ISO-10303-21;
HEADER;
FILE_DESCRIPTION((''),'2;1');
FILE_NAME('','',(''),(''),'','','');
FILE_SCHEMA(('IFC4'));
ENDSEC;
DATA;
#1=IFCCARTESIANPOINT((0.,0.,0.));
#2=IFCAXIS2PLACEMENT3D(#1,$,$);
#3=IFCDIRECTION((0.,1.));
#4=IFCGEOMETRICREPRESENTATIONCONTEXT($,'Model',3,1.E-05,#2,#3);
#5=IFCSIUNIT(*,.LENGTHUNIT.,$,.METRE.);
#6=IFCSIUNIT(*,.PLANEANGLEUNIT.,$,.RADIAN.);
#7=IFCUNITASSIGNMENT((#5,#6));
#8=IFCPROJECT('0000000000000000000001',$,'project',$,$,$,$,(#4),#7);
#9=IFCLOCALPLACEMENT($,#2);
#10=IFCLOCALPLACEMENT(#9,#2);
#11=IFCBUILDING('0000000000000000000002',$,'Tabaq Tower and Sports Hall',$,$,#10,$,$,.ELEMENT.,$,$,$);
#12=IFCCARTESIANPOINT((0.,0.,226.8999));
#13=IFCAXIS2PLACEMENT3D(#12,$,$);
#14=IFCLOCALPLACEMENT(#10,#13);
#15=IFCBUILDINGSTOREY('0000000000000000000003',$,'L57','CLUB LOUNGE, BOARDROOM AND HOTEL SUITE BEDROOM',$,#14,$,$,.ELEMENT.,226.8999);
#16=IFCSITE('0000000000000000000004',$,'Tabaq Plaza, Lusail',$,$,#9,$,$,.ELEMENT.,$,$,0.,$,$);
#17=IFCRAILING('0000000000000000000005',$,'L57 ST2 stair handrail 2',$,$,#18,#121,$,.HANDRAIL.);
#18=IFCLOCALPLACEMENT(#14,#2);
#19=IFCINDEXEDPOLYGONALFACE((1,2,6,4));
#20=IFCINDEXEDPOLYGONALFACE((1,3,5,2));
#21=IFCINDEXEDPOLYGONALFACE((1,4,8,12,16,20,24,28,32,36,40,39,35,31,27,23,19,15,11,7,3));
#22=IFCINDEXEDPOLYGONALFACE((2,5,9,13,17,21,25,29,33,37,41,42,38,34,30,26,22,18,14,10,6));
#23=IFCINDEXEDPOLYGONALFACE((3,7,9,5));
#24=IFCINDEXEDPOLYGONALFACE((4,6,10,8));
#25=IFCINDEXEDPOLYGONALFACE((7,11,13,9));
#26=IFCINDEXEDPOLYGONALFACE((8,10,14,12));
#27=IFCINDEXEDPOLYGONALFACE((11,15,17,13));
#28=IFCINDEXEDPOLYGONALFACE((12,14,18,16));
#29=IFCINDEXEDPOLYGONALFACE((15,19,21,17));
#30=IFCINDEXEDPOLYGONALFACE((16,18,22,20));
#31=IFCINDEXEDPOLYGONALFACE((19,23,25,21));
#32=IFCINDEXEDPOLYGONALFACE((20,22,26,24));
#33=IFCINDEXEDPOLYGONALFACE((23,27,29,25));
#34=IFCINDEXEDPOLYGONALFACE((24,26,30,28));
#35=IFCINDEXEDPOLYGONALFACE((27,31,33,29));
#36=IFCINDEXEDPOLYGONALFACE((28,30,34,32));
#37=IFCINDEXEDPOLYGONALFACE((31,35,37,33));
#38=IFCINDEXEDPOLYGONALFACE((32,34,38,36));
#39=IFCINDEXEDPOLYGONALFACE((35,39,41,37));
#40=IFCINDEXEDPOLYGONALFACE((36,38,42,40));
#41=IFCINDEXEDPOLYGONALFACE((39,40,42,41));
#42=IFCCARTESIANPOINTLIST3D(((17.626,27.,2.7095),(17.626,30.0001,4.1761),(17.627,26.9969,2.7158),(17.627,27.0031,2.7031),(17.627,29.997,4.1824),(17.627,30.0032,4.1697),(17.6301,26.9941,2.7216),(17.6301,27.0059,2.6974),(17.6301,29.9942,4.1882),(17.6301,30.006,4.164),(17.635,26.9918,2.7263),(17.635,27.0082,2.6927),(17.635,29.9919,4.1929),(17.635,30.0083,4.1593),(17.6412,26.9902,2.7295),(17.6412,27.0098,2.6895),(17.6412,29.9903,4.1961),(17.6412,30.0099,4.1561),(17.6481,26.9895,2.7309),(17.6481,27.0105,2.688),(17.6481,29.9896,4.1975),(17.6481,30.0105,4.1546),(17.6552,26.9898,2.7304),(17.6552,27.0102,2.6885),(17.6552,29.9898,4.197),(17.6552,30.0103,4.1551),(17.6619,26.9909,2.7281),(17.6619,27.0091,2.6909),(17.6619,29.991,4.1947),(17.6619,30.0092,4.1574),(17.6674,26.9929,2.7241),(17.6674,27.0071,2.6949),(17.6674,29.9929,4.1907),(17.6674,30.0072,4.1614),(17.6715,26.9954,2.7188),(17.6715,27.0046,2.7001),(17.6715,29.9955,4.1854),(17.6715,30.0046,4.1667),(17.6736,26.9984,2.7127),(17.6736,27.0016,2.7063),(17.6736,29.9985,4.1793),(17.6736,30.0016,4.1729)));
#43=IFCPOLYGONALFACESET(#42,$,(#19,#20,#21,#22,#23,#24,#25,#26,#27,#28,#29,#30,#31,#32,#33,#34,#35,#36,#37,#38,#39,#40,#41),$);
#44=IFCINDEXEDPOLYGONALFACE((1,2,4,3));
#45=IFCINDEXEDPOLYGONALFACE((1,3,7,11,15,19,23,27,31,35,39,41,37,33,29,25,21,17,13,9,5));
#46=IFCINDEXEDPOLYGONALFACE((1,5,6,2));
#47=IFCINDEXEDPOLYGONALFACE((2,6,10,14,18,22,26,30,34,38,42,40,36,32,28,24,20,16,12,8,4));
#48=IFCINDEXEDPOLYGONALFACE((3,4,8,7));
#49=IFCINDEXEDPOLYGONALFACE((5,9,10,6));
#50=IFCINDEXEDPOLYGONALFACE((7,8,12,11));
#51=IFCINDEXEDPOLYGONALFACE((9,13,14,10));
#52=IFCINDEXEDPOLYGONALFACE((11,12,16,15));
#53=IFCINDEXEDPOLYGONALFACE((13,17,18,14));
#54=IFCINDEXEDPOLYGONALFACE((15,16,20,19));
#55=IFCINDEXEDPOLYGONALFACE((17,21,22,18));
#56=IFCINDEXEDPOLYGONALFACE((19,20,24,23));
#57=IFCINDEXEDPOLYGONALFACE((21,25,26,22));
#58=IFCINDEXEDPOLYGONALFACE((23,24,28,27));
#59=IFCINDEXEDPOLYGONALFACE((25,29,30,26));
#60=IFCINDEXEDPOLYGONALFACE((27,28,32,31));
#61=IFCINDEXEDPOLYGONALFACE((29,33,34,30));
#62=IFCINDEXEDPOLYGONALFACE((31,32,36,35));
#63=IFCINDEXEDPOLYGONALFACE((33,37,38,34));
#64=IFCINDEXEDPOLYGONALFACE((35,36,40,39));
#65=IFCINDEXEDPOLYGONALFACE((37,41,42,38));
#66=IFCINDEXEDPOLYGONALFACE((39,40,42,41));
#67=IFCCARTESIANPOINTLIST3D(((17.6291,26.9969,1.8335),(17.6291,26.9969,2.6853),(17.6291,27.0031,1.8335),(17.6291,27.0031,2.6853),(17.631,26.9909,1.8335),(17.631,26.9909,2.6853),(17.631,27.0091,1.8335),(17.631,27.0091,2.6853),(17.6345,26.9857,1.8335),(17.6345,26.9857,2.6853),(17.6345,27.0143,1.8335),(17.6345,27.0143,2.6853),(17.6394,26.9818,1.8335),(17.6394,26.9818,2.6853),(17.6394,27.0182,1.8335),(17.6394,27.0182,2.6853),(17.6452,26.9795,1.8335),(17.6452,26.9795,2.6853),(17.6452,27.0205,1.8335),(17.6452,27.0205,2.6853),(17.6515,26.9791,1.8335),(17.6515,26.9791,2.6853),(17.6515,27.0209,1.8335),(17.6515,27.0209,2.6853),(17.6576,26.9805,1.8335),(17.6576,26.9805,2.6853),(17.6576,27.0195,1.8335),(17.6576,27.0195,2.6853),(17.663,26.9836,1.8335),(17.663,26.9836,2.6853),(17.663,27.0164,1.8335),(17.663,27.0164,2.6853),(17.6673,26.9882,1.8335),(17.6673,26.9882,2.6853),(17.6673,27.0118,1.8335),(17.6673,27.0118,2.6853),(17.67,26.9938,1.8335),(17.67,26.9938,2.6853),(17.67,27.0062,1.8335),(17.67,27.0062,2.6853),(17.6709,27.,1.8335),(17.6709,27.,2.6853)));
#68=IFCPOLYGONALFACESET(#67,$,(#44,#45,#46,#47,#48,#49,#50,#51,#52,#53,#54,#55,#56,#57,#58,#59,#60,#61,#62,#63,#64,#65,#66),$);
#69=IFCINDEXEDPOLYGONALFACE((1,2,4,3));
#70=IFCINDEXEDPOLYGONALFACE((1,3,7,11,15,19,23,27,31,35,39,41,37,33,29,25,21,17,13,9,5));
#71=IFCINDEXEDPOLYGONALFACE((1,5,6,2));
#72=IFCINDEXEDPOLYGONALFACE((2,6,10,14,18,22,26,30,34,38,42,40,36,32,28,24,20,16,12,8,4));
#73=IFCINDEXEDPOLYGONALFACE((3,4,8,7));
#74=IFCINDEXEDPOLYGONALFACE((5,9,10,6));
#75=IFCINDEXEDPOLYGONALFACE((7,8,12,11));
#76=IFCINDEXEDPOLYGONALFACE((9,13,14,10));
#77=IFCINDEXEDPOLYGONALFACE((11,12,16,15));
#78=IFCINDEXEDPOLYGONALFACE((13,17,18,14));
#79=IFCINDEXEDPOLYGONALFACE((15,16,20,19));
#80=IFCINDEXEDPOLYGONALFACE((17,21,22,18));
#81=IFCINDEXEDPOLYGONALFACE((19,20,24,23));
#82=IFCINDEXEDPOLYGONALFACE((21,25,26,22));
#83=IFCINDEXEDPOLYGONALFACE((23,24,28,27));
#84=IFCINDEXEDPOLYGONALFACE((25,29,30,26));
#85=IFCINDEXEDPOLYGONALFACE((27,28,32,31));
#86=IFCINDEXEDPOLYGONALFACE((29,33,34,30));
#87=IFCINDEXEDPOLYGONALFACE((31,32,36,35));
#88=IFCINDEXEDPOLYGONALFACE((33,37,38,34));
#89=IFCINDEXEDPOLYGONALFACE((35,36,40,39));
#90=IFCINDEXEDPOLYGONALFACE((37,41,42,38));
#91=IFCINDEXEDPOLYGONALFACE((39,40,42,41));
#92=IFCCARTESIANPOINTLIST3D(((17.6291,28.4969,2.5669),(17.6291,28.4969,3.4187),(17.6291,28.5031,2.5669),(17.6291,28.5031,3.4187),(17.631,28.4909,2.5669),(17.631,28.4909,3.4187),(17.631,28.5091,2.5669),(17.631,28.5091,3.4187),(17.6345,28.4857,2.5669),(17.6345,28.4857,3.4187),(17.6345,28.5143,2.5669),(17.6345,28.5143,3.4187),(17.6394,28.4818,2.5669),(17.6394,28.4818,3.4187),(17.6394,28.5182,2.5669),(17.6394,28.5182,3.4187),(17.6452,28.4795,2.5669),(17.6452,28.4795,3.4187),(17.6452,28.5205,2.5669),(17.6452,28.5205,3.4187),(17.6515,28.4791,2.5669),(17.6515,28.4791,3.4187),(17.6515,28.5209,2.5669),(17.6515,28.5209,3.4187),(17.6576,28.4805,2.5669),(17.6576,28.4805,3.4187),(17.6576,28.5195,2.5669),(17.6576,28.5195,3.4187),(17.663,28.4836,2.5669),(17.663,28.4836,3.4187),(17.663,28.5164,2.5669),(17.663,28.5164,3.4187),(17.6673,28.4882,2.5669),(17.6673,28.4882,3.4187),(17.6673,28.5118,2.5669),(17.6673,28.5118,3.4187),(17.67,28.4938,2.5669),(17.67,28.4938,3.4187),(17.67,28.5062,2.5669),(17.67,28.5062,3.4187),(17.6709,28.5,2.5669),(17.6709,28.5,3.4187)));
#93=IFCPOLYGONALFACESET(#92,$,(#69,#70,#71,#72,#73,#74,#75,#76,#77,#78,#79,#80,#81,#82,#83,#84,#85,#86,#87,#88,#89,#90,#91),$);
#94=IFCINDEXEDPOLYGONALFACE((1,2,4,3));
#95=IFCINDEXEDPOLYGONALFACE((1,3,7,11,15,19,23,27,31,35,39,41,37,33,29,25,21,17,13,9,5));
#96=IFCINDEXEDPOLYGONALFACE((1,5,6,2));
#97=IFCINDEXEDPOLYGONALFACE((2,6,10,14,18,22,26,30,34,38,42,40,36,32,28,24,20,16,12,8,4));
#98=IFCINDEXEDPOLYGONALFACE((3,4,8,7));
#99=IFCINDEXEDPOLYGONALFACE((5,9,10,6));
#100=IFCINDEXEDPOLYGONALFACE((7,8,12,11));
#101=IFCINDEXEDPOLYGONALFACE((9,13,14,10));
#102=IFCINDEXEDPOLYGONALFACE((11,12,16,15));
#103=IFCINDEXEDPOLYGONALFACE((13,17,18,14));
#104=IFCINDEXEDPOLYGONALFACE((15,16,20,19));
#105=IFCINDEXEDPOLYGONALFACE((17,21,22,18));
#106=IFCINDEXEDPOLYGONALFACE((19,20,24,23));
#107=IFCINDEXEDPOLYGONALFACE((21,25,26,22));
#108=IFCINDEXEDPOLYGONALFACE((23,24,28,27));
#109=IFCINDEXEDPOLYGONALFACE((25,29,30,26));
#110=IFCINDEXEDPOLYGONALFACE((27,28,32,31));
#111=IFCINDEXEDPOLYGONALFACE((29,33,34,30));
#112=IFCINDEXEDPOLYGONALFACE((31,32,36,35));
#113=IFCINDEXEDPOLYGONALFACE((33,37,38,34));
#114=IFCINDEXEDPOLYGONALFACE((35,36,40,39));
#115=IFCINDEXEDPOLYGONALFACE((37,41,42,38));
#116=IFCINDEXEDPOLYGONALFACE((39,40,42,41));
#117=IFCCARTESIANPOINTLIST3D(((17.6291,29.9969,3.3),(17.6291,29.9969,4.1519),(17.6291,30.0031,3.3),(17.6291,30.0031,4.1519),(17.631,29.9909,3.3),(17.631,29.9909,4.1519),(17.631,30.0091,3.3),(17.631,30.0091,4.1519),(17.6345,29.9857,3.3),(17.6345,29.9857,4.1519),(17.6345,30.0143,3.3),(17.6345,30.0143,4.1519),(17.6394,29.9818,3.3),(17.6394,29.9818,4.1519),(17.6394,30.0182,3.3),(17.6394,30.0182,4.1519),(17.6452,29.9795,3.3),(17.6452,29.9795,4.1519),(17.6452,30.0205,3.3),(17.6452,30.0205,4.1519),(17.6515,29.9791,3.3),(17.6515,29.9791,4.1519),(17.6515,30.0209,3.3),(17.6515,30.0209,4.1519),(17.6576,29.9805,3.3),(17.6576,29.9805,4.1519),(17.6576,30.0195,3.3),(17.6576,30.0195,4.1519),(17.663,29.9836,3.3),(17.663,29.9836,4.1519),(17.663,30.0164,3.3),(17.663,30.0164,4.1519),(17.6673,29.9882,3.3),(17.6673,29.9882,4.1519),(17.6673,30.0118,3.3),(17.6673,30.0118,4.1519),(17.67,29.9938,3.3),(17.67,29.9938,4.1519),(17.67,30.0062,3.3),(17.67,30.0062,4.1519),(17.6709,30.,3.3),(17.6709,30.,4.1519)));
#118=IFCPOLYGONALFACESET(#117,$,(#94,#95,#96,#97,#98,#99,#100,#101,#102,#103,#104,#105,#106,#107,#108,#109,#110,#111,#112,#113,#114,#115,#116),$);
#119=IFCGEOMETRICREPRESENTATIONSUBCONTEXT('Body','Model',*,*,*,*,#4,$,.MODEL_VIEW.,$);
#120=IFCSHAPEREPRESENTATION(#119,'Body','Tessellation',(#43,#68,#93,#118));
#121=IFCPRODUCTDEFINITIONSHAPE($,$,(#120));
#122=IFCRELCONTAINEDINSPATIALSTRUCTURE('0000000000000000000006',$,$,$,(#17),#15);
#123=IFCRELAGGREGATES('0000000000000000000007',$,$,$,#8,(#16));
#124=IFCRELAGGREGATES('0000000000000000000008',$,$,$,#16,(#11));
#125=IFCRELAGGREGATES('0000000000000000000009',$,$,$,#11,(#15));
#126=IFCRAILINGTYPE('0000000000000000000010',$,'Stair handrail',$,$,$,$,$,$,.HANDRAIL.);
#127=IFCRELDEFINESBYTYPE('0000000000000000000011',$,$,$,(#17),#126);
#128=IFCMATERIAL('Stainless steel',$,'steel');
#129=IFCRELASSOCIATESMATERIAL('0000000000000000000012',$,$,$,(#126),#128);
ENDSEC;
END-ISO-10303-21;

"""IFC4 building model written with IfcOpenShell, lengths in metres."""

from ifc_helpers import new_model, si_unit, direction, frame, origin, origin_2d, place, context, subcontext, project, spatial, circle, extrude, material, type_object, element, save


model = new_model("IFC4")

# Units and contexts
model_context = context("Model", 3, precision=1e-05, world=origin(), true_north=direction((0.0, 1.0)))
body_context = subcontext(model_context, "Body", "Model", "MODEL_VIEW")
ifc_project = project(units=[si_unit("LENGTHUNIT", "METRE"), si_unit("PLANEANGLEUNIT", "RADIAN")], contexts=[model_context])

# Site, building, storey
site_placement = place(None, origin())
site = spatial("IfcSite", under=ifc_project, at=site_placement, Name="Tabaq Plaza, Lusail", CompositionType="ELEMENT", RefElevation=0.0)
building_placement = place(site_placement, origin())
building = spatial("IfcBuilding", under=site, at=building_placement, Name="Tabaq Tower and Sports Hall", CompositionType="ELEMENT")
storey_placement = place(building_placement, frame((0.0, 0.0, 226.8999)))
storey = spatial("IfcBuildingStorey", under=building, at=storey_placement, Name="L57", Description="CLUB LOUNGE, BOARDROOM AND HOTEL SUITE BEDROOM", CompositionType="ELEMENT", Elevation=226.8999)

# Railing
ifc_material_1 = material(Name="Stainless steel", Category="steel")
railing_type = type_object("IfcRailingType", Name="Stair handrail", PredefinedType="HANDRAIL", material=ifc_material_1)
railing_placement = place(storey_placement, frame((17.6499, 27.0, 1.8335)))
element("IfcRailing", 1, at=railing_placement, inside=storey, type_object=railing_type, Name="L57 ST2 stair handrail 2", PredefinedType="HANDRAIL", context=body_context, shape_type="SweptSolid", body=[
    extrude(circle(Radius=0.0239, at=origin_2d()), frame((0.0, 0.0, 0.876), z_axis=(0.0, 0.898398, 0.439183), x_axis=(-1.0, 0.0, 0.0)), (0.0, 0.0, 1.0), 3.3394),
    extrude(circle(Radius=0.021, at=origin_2d()), origin(), (0.0, 0.0, 1.0), 0.8518),
    extrude(circle(Radius=0.021, at=origin_2d()), frame((0.0, 1.5, 0.7334)), (0.0, 0.0, 1.0), 0.8518),
    extrude(circle(Radius=0.021, at=origin_2d()), frame((0.0, 3.0, 1.4666)), (0.0, 0.0, 1.0), 0.8518),
])

save(model, "model.ifc")
